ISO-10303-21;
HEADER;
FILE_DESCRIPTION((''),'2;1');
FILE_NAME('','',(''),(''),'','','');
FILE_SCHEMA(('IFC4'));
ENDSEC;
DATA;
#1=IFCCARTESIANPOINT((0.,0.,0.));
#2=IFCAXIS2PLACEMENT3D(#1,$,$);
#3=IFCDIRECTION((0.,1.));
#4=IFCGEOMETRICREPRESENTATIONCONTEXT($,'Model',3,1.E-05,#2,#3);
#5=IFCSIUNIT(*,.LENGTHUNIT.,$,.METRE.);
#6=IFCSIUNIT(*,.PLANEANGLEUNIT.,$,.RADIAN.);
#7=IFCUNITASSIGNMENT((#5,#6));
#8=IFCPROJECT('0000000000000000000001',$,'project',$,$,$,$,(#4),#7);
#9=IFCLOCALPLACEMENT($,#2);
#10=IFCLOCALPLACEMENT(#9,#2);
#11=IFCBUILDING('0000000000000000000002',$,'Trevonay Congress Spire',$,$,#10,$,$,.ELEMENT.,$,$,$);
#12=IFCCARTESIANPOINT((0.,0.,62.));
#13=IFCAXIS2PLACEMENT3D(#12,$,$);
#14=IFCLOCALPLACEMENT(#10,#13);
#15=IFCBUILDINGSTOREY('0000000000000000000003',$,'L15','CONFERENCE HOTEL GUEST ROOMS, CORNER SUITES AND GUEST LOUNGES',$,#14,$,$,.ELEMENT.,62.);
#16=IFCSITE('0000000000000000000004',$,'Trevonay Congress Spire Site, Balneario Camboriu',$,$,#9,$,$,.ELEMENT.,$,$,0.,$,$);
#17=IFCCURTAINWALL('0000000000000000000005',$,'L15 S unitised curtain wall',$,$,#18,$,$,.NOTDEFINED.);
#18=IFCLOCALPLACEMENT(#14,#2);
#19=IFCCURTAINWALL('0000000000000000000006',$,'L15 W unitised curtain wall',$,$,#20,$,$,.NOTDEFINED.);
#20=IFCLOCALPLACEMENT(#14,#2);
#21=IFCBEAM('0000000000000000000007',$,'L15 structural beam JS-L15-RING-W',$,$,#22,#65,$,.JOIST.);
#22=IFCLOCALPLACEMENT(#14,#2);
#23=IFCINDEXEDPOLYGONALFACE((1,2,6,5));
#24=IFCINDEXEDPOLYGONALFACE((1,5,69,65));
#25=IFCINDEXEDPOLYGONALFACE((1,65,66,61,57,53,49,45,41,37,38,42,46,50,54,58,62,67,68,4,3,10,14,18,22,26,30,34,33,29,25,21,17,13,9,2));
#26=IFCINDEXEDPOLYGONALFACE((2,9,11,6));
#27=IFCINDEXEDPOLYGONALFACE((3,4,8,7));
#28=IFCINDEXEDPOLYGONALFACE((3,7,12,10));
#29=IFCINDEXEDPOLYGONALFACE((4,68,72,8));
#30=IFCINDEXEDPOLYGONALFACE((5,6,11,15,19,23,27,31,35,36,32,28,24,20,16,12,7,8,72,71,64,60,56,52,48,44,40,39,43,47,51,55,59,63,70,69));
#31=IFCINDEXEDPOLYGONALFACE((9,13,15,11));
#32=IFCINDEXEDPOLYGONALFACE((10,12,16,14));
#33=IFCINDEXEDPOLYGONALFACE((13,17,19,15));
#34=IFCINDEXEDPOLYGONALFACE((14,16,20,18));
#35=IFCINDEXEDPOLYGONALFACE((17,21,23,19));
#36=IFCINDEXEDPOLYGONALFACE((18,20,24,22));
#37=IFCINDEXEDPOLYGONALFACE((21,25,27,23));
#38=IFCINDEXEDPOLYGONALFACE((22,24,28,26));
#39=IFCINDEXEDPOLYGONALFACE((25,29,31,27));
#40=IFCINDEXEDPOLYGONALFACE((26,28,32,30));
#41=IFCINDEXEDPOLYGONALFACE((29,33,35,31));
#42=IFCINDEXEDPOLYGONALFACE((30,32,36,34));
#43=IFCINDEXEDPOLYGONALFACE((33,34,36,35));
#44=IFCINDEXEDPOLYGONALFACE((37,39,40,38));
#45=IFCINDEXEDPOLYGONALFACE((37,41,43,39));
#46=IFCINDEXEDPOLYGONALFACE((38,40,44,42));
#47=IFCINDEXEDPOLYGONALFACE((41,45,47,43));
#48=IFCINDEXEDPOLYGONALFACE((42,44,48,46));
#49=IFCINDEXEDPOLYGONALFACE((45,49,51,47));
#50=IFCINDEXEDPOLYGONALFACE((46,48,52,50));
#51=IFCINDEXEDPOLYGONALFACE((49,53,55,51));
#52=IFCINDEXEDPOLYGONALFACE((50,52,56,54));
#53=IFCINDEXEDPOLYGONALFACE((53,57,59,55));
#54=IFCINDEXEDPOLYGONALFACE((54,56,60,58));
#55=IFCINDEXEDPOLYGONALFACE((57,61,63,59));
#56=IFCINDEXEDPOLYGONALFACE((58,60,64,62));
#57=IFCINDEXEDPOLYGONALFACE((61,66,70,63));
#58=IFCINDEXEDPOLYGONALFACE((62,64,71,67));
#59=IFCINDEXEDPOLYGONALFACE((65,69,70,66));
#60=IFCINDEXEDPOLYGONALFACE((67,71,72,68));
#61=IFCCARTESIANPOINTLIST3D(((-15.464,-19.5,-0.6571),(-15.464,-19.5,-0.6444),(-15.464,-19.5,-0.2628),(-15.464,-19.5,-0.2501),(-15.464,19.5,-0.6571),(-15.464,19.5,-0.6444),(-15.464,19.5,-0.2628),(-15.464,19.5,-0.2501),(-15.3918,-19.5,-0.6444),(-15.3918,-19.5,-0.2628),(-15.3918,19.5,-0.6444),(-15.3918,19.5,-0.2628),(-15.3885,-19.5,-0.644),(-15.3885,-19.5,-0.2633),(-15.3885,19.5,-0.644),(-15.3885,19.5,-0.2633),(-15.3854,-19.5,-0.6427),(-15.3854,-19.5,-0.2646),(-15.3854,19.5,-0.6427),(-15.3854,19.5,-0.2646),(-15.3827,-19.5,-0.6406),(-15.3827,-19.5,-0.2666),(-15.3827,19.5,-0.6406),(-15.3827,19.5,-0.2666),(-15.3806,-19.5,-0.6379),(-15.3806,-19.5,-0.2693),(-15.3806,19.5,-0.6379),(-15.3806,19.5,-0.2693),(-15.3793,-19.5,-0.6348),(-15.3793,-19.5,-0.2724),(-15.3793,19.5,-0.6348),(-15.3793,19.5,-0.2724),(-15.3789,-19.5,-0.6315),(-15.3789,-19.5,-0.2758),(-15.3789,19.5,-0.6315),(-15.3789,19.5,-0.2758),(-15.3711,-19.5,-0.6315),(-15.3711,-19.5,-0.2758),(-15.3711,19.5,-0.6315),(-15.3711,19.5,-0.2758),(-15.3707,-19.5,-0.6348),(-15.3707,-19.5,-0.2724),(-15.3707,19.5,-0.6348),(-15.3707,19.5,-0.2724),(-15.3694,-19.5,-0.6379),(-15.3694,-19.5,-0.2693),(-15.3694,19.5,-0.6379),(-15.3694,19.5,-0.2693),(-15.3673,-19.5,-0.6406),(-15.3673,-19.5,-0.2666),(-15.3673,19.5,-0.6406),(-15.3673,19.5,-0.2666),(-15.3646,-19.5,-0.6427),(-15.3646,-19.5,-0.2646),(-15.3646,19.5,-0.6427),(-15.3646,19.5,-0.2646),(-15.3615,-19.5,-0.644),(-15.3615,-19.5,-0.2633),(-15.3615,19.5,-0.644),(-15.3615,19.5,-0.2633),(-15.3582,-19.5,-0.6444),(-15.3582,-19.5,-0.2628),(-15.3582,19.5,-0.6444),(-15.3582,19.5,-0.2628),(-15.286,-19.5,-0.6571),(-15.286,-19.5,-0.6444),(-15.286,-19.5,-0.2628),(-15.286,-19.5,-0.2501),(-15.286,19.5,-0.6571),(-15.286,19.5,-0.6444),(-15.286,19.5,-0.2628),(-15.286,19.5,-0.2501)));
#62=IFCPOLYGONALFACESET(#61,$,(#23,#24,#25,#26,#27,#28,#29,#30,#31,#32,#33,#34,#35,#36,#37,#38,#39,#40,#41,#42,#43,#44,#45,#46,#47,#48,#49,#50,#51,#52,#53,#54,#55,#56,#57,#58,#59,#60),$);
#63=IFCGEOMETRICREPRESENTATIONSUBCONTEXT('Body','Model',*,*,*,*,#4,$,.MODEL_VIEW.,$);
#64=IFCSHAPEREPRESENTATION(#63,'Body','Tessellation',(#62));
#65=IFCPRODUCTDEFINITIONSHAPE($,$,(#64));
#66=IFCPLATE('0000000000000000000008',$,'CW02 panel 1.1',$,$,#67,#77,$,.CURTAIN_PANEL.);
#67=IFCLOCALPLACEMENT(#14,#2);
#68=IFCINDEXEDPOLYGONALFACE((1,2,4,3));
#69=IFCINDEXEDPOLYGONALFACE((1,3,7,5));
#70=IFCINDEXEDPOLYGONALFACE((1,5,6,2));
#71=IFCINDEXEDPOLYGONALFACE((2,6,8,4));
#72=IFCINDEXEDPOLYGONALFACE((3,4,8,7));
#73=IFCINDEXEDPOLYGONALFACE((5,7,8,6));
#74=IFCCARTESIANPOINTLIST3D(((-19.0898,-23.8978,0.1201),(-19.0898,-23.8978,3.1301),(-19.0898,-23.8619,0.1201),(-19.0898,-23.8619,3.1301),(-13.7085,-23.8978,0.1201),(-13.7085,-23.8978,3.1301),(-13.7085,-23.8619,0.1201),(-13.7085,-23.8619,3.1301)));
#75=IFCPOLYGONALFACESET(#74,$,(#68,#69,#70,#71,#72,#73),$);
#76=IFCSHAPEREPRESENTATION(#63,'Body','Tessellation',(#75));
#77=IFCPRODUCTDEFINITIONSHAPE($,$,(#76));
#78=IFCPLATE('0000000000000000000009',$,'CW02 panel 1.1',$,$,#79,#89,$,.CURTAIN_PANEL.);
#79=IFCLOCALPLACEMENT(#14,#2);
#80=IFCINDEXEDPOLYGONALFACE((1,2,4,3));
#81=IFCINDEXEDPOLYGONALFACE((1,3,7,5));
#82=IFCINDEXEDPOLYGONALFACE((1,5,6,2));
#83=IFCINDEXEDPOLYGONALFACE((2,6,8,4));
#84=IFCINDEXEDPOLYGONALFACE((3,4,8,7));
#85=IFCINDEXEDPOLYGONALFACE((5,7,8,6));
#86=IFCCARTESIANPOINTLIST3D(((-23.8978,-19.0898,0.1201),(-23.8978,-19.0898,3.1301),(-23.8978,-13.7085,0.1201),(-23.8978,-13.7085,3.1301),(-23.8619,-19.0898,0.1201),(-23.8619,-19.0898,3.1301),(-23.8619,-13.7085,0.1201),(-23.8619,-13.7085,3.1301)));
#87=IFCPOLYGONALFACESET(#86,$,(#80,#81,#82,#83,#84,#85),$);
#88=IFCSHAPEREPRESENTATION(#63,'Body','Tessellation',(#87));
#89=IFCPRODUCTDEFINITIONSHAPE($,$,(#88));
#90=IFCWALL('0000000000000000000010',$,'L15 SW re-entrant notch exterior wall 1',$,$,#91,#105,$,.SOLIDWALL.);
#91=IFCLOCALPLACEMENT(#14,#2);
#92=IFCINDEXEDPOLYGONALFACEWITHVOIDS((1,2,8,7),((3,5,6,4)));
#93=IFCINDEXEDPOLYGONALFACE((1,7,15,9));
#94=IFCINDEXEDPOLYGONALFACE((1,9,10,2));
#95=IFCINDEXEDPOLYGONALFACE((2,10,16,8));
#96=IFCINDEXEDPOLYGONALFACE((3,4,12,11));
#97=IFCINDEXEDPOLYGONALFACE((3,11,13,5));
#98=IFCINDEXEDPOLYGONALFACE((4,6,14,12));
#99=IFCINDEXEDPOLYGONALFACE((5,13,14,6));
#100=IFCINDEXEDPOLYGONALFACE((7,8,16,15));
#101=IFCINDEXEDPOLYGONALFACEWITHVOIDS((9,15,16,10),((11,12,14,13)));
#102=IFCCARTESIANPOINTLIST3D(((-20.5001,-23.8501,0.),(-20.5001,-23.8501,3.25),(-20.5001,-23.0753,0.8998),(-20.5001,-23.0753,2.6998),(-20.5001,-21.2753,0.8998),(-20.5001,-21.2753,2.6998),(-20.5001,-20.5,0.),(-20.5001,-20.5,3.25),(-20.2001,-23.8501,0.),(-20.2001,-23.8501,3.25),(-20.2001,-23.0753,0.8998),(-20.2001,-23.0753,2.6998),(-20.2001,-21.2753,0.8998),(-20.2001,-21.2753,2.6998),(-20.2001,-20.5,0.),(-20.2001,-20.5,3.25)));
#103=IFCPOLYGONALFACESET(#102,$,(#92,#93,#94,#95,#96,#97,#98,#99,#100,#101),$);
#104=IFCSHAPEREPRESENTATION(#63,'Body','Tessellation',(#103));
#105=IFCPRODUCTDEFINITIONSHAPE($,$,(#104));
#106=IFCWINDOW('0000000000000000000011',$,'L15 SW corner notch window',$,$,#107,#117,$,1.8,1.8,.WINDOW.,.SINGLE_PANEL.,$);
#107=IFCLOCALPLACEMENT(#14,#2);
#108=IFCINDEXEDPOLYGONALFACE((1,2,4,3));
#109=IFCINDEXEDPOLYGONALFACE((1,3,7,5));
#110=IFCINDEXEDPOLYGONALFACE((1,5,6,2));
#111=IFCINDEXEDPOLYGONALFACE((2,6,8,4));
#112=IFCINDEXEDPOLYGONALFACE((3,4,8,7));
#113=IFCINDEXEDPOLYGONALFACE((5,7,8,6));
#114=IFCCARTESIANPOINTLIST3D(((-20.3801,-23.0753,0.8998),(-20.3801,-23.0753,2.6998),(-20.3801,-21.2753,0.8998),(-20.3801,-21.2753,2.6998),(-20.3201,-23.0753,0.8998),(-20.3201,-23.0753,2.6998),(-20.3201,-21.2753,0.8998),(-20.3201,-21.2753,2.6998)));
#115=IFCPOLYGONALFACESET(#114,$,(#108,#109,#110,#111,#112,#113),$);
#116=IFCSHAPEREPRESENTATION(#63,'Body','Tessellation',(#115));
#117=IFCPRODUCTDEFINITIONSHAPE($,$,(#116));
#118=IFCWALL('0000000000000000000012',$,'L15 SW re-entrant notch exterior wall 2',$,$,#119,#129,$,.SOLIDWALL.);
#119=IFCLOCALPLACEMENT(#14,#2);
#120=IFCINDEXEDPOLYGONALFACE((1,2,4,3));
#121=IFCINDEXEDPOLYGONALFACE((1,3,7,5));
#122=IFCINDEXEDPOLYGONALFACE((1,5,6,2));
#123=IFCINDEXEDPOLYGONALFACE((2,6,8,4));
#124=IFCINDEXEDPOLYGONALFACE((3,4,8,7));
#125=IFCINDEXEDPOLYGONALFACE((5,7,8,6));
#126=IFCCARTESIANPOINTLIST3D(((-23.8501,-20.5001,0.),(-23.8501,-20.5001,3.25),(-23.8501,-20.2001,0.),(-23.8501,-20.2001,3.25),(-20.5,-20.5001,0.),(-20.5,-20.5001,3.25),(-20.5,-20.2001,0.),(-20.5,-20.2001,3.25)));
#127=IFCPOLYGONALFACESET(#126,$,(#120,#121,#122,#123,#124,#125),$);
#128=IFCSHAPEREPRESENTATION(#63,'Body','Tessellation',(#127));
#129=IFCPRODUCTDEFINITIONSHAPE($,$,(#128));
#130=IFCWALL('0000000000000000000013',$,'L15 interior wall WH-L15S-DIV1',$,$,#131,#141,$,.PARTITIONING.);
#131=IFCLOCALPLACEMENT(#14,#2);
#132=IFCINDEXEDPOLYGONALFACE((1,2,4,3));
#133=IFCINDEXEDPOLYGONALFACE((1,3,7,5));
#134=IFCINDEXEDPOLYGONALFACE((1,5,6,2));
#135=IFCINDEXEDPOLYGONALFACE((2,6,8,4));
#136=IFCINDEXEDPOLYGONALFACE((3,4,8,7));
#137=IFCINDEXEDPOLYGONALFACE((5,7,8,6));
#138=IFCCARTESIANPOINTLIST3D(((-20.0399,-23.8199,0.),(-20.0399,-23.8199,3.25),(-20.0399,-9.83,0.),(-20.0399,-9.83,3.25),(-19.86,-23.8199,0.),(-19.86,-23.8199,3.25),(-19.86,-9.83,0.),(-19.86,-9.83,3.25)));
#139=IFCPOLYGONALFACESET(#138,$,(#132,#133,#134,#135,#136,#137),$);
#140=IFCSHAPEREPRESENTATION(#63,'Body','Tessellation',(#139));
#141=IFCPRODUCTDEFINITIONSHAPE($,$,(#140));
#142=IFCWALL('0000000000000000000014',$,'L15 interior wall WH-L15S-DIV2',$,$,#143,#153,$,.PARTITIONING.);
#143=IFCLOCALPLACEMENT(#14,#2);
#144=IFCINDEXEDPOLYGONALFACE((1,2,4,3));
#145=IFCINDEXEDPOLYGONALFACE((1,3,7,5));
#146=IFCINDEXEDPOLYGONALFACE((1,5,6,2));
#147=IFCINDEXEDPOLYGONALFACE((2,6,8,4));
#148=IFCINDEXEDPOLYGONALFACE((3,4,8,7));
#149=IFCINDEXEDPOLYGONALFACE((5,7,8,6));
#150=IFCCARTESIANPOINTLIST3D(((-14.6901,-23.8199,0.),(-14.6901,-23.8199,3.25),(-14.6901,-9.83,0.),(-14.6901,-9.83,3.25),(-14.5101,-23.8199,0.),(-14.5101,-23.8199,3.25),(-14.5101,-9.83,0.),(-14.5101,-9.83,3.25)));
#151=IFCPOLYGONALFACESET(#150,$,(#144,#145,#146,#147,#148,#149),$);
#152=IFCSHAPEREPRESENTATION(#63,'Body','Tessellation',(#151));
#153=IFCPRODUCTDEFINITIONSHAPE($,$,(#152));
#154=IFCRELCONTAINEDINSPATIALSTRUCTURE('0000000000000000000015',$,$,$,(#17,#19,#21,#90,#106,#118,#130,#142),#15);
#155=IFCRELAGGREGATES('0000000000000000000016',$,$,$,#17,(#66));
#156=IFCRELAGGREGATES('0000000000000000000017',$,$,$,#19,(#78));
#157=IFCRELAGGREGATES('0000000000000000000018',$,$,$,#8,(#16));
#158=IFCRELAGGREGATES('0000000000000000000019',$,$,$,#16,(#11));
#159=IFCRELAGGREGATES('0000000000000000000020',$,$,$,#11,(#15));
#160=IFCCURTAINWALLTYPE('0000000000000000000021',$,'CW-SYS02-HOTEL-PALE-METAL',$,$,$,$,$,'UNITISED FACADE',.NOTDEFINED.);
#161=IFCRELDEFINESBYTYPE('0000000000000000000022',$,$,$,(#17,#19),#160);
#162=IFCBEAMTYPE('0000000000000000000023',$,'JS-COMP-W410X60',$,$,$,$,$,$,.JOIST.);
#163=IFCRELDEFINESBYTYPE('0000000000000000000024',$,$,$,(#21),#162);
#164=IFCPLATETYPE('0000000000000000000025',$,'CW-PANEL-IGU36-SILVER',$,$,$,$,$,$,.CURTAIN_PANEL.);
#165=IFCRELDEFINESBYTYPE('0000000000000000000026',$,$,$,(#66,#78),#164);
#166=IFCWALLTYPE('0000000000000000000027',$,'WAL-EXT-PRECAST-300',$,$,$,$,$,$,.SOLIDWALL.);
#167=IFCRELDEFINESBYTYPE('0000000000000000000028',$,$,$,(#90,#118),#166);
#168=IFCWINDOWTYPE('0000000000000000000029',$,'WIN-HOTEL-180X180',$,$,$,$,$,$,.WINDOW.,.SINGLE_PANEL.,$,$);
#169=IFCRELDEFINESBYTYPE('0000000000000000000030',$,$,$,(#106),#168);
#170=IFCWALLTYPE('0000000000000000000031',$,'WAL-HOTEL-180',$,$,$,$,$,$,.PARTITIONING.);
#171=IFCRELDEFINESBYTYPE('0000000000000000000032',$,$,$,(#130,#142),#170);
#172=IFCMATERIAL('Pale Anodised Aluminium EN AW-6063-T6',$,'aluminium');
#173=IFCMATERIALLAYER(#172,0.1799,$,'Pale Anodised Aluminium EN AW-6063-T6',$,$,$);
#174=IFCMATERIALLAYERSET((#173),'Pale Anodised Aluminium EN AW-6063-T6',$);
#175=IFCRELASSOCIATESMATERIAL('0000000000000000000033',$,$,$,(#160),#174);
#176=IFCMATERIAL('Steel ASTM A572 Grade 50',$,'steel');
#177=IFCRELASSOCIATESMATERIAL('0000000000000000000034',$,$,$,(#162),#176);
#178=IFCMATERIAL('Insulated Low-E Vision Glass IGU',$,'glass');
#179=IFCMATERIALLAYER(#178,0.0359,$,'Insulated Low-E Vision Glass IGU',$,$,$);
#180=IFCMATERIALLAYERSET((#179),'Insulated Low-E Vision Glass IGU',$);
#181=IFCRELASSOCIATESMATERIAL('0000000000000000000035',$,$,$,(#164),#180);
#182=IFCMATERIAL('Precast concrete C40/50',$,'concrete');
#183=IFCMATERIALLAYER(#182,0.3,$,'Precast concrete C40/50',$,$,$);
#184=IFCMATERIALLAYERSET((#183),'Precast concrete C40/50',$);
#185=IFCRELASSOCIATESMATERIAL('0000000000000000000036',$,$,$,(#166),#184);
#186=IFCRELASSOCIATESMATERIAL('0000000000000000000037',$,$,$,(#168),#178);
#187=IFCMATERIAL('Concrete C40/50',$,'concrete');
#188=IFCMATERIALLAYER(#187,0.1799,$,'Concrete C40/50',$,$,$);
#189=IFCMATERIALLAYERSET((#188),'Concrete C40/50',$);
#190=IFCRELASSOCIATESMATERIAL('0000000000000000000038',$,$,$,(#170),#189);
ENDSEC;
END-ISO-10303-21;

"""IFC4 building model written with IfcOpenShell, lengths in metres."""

from ifc_helpers import new_model, si_unit, direction, frame, frame_2d, origin, origin_2d, place, context, subcontext, project, spatial, rectangle, i_section, extrude, material, layer, layer_set, material_profile, profile_set, type_object, element, fill, aggregate, save


model = new_model("IFC4")

# Units and contexts
model_context = context("Model", 3, precision=1e-05, world=origin(), true_north=direction((0.0, 1.0)))
body_context = subcontext(model_context, "Body", "Model", "MODEL_VIEW")
ifc_project = project(units=[si_unit("LENGTHUNIT", "METRE"), si_unit("PLANEANGLEUNIT", "RADIAN")], contexts=[model_context])

# Site, building, storey
site_placement = place(None, origin())
site = spatial("IfcSite", under=ifc_project, at=site_placement, Name="Trevonay Congress Spire Site, Balneario Camboriu", CompositionType="ELEMENT", RefElevation=0.0)
building_placement = place(site_placement, origin())
building = spatial("IfcBuilding", under=site, at=building_placement, Name="Trevonay Congress Spire", CompositionType="ELEMENT")
storey_placement = place(building_placement, frame((0.0, 0.0, 62.0)))
storey = spatial("IfcBuildingStorey", under=building, at=storey_placement, Name="L15", Description="CONFERENCE HOTEL GUEST ROOMS, CORNER SUITES AND GUEST LOUNGES", CompositionType="ELEMENT", Elevation=62.0)

# Shared definitions
ifc_material_1 = material(Name="Steel ASTM A572 Grade 50", Category="steel")

# Curtain wall
ifc_material_2 = material(Name="Pale Anodised Aluminium EN AW-6063-T6", Category="aluminium")
ifc_layer_1 = layer(ifc_material_2, 0.1799, Name="Pale Anodised Aluminium EN AW-6063-T6")
ifc_layer_set_1 = layer_set([ifc_layer_1], Name="Pale Anodised Aluminium EN AW-6063-T6")
curtain_wall_type = type_object("IfcCurtainWallType", Name="CW-SYS02-HOTEL-PALE-METAL", ElementType="UNITISED FACADE", PredefinedType="NOTDEFINED", material=ifc_layer_set_1)
curtain_wall_1_placement = place(storey_placement, origin())
curtain_wall_1 = element("IfcCurtainWall", 1, at=curtain_wall_1_placement, inside=storey, type_object=curtain_wall_type, Name="L15 S unitised curtain wall", PredefinedType="NOTDEFINED")

# Curtain wall
curtain_wall_2_placement = place(storey_placement, origin())
curtain_wall_2 = element("IfcCurtainWall", 2, at=curtain_wall_2_placement, inside=storey, type_object=curtain_wall_type, Name="L15 W unitised curtain wall", PredefinedType="NOTDEFINED")

# Beam
ifc_material_profile_1 = material_profile(ifc_material_1, i_section(OverallWidth=0.178, OverallDepth=0.407, WebThickness=0.0078, FlangeThickness=0.0127, FilletRadius=0.0129, at=origin_2d()), Name="W410x60")
ifc_profile_set_1 = profile_set([ifc_material_profile_1], Name="Steel ASTM A572 Grade 50")
beam_type_1 = type_object("IfcBeamType", Name="JS-COMP-W410X60", PredefinedType="JOIST", material=ifc_profile_set_1)
beam_placement = place(storey_placement, frame((-15.375, -19.5, -0.4536), z_axis=(0.0, 1.0, 0.0), x_axis=(-1.0, 0.0, 0.0)))
element("IfcBeam", 3, at=beam_placement, inside=storey, type_object=beam_type_1, Name="L15 structural beam JS-L15-RING-W", PredefinedType="JOIST", context=body_context, shape_type="SweptSolid", body=[
    extrude(i_section(OverallWidth=0.178, OverallDepth=0.407, WebThickness=0.0078, FlangeThickness=0.0127, FilletRadius=0.0129, at=origin_2d()), origin(), (0.0, 0.0, 1.0), 39.0),
])

# Plates
ifc_material_3 = material(Name="Insulated Low-E Vision Glass IGU", Category="glass")
ifc_layer_2 = layer(ifc_material_3, 0.0359, Name="Insulated Low-E Vision Glass IGU")
ifc_layer_set_2 = layer_set([ifc_layer_2], Name="Insulated Low-E Vision Glass IGU")
plate_type = type_object("IfcPlateType", Name="CW-PANEL-IGU36-SILVER", PredefinedType="CURTAIN_PANEL", material=ifc_layer_set_2)
plate_1_placement = place(storey_placement, frame((-16.3992, -23.8799, 0.1201), z_axis=(0.0, 0.0, 1.0), x_axis=(1.0, 0.0, 0.0)))
plate_1 = element("IfcPlate", 4, at=plate_1_placement, type_object=plate_type, Name="CW02 panel 1.1", PredefinedType="CURTAIN_PANEL", context=body_context, shape_type="SweptSolid", body=[
    extrude(rectangle(XDim=5.3813, YDim=0.0359, at=origin_2d()), origin(), (0.0, 0.0, 1.0), 3.01),
])
aggregate(curtain_wall_1, [plate_1])
plate_2_placement = place(storey_placement, frame((-23.8799, -16.3992, 0.1201), z_axis=(0.0, 0.0, 1.0), x_axis=(0.0, 1.0, 0.0)))
plate_2 = element("IfcPlate", 5, at=plate_2_placement, type_object=plate_type, Name="CW02 panel 1.1", PredefinedType="CURTAIN_PANEL", context=body_context, shape_type="SweptSolid", body=[
    extrude(rectangle(XDim=5.3813, YDim=0.0359, at=origin_2d()), origin(), (0.0, 0.0, 1.0), 3.01),
])
aggregate(curtain_wall_2, [plate_2])

# Wall, opening, window
ifc_material_4 = material(Name="Precast concrete C40/50", Category="concrete")
ifc_layer_3 = layer(ifc_material_4, 0.3, Name="Precast concrete C40/50")
ifc_layer_set_3 = layer_set([ifc_layer_3], Name="Precast concrete C40/50")
wall_type_1 = type_object("IfcWallType", Name="WAL-EXT-PRECAST-300", PredefinedType="SOLIDWALL", material=ifc_layer_set_3)
wall_1_placement = place(storey_placement, frame((-20.3501, -23.8501, 0.0), z_axis=(0.0, 0.0, 1.0), x_axis=(0.0, 1.0, 0.0)))
wall_1 = element("IfcWall", 6, at=wall_1_placement, inside=storey, type_object=wall_type_1, Name="L15 SW re-entrant notch exterior wall 1", PredefinedType="SOLIDWALL", context=body_context, shape_type="SweptSolid", body=[
    extrude(rectangle(XDim=3.3501, YDim=0.3, at=frame_2d((1.675, 0.0))), origin(), (0.0, 0.0, 1.0), 3.25),
])
opening_placement = place(wall_1_placement, frame((0.7749, 0.0, 0.8999)))
opening = element("IfcOpeningElement", 7, at=opening_placement, cuts=wall_1, PredefinedType="OPENING", context=body_context, shape_type="SweptSolid", body=[
    extrude(rectangle(XDim=1.8, YDim=1.8, at=frame_2d((0.8999, 0.8999))), frame((0.0, 0.1602, 0.0), z_axis=(0.0, -1.0, 0.0), x_axis=(1.0, 0.0, 0.0)), (0.0, 0.0, 1.0), 0.3201),
])
window_type = type_object("IfcWindowType", Name="WIN-HOTEL-180X180", PartitioningType="SINGLE_PANEL", PredefinedType="WINDOW", material=ifc_material_3)
window_placement = place(opening_placement, origin())
window = element("IfcWindow", 8, at=window_placement, inside=storey, type_object=window_type, Name="L15 SW corner notch window", OverallHeight=1.8, OverallWidth=1.8, PartitioningType="SINGLE_PANEL", PredefinedType="WINDOW", context=body_context, shape_type="SweptSolid", body=[
    extrude(rectangle(XDim=1.8, YDim=1.8, at=frame_2d((0.8999, 0.8999))), frame((0.0, 0.03, 0.0), z_axis=(0.0, -1.0, 0.0), x_axis=(1.0, 0.0, 0.0)), (0.0, 0.0, 1.0), 0.0601),
])
fill(opening, window)

# Walls
wall_2_placement = place(storey_placement, frame((-23.8501, -20.3501, 0.0), z_axis=(0.0, 0.0, 1.0), x_axis=(1.0, 0.0, 0.0)))
element("IfcWall", 9, at=wall_2_placement, inside=storey, type_object=wall_type_1, Name="L15 SW re-entrant notch exterior wall 2", PredefinedType="SOLIDWALL", context=body_context, shape_type="SweptSolid", body=[
    extrude(rectangle(XDim=3.3501, YDim=0.3, at=frame_2d((1.675, 0.0))), origin(), (0.0, 0.0, 1.0), 3.25),
])
ifc_material_5 = material(Name="Concrete C40/50", Category="concrete")
ifc_layer_4 = layer(ifc_material_5, 0.1799, Name="Concrete C40/50")
ifc_layer_set_4 = layer_set([ifc_layer_4], Name="Concrete C40/50")
wall_type_2 = type_object("IfcWallType", Name="WAL-HOTEL-180", PredefinedType="PARTITIONING", material=ifc_layer_set_4)
for number, where, z_axis, x_axis, name in (
    (10, (-19.95, -23.8201, 0.0), (0.0, 0.0, 1.0), (0.0, 1.0, 0.0), "L15 interior wall WH-L15S-DIV1"),
    (11, (-14.6001, -23.8201, 0.0), (0.0, 0.0, 1.0), (0.0, 1.0, 0.0), "L15 interior wall WH-L15S-DIV2"),
):
    element("IfcWall", number, at=place(storey_placement, frame(where, z_axis=z_axis, x_axis=x_axis)), inside=storey, type_object=wall_type_2, Name=name, PredefinedType="PARTITIONING", context=body_context, shape_type="SweptSolid", body=[
        extrude(rectangle(XDim=13.99, YDim=0.1799, at=frame_2d((6.9951, 0.0))), origin(), (0.0, 0.0, 1.0), 3.25),
    ])

save(model, "model.ifc")
